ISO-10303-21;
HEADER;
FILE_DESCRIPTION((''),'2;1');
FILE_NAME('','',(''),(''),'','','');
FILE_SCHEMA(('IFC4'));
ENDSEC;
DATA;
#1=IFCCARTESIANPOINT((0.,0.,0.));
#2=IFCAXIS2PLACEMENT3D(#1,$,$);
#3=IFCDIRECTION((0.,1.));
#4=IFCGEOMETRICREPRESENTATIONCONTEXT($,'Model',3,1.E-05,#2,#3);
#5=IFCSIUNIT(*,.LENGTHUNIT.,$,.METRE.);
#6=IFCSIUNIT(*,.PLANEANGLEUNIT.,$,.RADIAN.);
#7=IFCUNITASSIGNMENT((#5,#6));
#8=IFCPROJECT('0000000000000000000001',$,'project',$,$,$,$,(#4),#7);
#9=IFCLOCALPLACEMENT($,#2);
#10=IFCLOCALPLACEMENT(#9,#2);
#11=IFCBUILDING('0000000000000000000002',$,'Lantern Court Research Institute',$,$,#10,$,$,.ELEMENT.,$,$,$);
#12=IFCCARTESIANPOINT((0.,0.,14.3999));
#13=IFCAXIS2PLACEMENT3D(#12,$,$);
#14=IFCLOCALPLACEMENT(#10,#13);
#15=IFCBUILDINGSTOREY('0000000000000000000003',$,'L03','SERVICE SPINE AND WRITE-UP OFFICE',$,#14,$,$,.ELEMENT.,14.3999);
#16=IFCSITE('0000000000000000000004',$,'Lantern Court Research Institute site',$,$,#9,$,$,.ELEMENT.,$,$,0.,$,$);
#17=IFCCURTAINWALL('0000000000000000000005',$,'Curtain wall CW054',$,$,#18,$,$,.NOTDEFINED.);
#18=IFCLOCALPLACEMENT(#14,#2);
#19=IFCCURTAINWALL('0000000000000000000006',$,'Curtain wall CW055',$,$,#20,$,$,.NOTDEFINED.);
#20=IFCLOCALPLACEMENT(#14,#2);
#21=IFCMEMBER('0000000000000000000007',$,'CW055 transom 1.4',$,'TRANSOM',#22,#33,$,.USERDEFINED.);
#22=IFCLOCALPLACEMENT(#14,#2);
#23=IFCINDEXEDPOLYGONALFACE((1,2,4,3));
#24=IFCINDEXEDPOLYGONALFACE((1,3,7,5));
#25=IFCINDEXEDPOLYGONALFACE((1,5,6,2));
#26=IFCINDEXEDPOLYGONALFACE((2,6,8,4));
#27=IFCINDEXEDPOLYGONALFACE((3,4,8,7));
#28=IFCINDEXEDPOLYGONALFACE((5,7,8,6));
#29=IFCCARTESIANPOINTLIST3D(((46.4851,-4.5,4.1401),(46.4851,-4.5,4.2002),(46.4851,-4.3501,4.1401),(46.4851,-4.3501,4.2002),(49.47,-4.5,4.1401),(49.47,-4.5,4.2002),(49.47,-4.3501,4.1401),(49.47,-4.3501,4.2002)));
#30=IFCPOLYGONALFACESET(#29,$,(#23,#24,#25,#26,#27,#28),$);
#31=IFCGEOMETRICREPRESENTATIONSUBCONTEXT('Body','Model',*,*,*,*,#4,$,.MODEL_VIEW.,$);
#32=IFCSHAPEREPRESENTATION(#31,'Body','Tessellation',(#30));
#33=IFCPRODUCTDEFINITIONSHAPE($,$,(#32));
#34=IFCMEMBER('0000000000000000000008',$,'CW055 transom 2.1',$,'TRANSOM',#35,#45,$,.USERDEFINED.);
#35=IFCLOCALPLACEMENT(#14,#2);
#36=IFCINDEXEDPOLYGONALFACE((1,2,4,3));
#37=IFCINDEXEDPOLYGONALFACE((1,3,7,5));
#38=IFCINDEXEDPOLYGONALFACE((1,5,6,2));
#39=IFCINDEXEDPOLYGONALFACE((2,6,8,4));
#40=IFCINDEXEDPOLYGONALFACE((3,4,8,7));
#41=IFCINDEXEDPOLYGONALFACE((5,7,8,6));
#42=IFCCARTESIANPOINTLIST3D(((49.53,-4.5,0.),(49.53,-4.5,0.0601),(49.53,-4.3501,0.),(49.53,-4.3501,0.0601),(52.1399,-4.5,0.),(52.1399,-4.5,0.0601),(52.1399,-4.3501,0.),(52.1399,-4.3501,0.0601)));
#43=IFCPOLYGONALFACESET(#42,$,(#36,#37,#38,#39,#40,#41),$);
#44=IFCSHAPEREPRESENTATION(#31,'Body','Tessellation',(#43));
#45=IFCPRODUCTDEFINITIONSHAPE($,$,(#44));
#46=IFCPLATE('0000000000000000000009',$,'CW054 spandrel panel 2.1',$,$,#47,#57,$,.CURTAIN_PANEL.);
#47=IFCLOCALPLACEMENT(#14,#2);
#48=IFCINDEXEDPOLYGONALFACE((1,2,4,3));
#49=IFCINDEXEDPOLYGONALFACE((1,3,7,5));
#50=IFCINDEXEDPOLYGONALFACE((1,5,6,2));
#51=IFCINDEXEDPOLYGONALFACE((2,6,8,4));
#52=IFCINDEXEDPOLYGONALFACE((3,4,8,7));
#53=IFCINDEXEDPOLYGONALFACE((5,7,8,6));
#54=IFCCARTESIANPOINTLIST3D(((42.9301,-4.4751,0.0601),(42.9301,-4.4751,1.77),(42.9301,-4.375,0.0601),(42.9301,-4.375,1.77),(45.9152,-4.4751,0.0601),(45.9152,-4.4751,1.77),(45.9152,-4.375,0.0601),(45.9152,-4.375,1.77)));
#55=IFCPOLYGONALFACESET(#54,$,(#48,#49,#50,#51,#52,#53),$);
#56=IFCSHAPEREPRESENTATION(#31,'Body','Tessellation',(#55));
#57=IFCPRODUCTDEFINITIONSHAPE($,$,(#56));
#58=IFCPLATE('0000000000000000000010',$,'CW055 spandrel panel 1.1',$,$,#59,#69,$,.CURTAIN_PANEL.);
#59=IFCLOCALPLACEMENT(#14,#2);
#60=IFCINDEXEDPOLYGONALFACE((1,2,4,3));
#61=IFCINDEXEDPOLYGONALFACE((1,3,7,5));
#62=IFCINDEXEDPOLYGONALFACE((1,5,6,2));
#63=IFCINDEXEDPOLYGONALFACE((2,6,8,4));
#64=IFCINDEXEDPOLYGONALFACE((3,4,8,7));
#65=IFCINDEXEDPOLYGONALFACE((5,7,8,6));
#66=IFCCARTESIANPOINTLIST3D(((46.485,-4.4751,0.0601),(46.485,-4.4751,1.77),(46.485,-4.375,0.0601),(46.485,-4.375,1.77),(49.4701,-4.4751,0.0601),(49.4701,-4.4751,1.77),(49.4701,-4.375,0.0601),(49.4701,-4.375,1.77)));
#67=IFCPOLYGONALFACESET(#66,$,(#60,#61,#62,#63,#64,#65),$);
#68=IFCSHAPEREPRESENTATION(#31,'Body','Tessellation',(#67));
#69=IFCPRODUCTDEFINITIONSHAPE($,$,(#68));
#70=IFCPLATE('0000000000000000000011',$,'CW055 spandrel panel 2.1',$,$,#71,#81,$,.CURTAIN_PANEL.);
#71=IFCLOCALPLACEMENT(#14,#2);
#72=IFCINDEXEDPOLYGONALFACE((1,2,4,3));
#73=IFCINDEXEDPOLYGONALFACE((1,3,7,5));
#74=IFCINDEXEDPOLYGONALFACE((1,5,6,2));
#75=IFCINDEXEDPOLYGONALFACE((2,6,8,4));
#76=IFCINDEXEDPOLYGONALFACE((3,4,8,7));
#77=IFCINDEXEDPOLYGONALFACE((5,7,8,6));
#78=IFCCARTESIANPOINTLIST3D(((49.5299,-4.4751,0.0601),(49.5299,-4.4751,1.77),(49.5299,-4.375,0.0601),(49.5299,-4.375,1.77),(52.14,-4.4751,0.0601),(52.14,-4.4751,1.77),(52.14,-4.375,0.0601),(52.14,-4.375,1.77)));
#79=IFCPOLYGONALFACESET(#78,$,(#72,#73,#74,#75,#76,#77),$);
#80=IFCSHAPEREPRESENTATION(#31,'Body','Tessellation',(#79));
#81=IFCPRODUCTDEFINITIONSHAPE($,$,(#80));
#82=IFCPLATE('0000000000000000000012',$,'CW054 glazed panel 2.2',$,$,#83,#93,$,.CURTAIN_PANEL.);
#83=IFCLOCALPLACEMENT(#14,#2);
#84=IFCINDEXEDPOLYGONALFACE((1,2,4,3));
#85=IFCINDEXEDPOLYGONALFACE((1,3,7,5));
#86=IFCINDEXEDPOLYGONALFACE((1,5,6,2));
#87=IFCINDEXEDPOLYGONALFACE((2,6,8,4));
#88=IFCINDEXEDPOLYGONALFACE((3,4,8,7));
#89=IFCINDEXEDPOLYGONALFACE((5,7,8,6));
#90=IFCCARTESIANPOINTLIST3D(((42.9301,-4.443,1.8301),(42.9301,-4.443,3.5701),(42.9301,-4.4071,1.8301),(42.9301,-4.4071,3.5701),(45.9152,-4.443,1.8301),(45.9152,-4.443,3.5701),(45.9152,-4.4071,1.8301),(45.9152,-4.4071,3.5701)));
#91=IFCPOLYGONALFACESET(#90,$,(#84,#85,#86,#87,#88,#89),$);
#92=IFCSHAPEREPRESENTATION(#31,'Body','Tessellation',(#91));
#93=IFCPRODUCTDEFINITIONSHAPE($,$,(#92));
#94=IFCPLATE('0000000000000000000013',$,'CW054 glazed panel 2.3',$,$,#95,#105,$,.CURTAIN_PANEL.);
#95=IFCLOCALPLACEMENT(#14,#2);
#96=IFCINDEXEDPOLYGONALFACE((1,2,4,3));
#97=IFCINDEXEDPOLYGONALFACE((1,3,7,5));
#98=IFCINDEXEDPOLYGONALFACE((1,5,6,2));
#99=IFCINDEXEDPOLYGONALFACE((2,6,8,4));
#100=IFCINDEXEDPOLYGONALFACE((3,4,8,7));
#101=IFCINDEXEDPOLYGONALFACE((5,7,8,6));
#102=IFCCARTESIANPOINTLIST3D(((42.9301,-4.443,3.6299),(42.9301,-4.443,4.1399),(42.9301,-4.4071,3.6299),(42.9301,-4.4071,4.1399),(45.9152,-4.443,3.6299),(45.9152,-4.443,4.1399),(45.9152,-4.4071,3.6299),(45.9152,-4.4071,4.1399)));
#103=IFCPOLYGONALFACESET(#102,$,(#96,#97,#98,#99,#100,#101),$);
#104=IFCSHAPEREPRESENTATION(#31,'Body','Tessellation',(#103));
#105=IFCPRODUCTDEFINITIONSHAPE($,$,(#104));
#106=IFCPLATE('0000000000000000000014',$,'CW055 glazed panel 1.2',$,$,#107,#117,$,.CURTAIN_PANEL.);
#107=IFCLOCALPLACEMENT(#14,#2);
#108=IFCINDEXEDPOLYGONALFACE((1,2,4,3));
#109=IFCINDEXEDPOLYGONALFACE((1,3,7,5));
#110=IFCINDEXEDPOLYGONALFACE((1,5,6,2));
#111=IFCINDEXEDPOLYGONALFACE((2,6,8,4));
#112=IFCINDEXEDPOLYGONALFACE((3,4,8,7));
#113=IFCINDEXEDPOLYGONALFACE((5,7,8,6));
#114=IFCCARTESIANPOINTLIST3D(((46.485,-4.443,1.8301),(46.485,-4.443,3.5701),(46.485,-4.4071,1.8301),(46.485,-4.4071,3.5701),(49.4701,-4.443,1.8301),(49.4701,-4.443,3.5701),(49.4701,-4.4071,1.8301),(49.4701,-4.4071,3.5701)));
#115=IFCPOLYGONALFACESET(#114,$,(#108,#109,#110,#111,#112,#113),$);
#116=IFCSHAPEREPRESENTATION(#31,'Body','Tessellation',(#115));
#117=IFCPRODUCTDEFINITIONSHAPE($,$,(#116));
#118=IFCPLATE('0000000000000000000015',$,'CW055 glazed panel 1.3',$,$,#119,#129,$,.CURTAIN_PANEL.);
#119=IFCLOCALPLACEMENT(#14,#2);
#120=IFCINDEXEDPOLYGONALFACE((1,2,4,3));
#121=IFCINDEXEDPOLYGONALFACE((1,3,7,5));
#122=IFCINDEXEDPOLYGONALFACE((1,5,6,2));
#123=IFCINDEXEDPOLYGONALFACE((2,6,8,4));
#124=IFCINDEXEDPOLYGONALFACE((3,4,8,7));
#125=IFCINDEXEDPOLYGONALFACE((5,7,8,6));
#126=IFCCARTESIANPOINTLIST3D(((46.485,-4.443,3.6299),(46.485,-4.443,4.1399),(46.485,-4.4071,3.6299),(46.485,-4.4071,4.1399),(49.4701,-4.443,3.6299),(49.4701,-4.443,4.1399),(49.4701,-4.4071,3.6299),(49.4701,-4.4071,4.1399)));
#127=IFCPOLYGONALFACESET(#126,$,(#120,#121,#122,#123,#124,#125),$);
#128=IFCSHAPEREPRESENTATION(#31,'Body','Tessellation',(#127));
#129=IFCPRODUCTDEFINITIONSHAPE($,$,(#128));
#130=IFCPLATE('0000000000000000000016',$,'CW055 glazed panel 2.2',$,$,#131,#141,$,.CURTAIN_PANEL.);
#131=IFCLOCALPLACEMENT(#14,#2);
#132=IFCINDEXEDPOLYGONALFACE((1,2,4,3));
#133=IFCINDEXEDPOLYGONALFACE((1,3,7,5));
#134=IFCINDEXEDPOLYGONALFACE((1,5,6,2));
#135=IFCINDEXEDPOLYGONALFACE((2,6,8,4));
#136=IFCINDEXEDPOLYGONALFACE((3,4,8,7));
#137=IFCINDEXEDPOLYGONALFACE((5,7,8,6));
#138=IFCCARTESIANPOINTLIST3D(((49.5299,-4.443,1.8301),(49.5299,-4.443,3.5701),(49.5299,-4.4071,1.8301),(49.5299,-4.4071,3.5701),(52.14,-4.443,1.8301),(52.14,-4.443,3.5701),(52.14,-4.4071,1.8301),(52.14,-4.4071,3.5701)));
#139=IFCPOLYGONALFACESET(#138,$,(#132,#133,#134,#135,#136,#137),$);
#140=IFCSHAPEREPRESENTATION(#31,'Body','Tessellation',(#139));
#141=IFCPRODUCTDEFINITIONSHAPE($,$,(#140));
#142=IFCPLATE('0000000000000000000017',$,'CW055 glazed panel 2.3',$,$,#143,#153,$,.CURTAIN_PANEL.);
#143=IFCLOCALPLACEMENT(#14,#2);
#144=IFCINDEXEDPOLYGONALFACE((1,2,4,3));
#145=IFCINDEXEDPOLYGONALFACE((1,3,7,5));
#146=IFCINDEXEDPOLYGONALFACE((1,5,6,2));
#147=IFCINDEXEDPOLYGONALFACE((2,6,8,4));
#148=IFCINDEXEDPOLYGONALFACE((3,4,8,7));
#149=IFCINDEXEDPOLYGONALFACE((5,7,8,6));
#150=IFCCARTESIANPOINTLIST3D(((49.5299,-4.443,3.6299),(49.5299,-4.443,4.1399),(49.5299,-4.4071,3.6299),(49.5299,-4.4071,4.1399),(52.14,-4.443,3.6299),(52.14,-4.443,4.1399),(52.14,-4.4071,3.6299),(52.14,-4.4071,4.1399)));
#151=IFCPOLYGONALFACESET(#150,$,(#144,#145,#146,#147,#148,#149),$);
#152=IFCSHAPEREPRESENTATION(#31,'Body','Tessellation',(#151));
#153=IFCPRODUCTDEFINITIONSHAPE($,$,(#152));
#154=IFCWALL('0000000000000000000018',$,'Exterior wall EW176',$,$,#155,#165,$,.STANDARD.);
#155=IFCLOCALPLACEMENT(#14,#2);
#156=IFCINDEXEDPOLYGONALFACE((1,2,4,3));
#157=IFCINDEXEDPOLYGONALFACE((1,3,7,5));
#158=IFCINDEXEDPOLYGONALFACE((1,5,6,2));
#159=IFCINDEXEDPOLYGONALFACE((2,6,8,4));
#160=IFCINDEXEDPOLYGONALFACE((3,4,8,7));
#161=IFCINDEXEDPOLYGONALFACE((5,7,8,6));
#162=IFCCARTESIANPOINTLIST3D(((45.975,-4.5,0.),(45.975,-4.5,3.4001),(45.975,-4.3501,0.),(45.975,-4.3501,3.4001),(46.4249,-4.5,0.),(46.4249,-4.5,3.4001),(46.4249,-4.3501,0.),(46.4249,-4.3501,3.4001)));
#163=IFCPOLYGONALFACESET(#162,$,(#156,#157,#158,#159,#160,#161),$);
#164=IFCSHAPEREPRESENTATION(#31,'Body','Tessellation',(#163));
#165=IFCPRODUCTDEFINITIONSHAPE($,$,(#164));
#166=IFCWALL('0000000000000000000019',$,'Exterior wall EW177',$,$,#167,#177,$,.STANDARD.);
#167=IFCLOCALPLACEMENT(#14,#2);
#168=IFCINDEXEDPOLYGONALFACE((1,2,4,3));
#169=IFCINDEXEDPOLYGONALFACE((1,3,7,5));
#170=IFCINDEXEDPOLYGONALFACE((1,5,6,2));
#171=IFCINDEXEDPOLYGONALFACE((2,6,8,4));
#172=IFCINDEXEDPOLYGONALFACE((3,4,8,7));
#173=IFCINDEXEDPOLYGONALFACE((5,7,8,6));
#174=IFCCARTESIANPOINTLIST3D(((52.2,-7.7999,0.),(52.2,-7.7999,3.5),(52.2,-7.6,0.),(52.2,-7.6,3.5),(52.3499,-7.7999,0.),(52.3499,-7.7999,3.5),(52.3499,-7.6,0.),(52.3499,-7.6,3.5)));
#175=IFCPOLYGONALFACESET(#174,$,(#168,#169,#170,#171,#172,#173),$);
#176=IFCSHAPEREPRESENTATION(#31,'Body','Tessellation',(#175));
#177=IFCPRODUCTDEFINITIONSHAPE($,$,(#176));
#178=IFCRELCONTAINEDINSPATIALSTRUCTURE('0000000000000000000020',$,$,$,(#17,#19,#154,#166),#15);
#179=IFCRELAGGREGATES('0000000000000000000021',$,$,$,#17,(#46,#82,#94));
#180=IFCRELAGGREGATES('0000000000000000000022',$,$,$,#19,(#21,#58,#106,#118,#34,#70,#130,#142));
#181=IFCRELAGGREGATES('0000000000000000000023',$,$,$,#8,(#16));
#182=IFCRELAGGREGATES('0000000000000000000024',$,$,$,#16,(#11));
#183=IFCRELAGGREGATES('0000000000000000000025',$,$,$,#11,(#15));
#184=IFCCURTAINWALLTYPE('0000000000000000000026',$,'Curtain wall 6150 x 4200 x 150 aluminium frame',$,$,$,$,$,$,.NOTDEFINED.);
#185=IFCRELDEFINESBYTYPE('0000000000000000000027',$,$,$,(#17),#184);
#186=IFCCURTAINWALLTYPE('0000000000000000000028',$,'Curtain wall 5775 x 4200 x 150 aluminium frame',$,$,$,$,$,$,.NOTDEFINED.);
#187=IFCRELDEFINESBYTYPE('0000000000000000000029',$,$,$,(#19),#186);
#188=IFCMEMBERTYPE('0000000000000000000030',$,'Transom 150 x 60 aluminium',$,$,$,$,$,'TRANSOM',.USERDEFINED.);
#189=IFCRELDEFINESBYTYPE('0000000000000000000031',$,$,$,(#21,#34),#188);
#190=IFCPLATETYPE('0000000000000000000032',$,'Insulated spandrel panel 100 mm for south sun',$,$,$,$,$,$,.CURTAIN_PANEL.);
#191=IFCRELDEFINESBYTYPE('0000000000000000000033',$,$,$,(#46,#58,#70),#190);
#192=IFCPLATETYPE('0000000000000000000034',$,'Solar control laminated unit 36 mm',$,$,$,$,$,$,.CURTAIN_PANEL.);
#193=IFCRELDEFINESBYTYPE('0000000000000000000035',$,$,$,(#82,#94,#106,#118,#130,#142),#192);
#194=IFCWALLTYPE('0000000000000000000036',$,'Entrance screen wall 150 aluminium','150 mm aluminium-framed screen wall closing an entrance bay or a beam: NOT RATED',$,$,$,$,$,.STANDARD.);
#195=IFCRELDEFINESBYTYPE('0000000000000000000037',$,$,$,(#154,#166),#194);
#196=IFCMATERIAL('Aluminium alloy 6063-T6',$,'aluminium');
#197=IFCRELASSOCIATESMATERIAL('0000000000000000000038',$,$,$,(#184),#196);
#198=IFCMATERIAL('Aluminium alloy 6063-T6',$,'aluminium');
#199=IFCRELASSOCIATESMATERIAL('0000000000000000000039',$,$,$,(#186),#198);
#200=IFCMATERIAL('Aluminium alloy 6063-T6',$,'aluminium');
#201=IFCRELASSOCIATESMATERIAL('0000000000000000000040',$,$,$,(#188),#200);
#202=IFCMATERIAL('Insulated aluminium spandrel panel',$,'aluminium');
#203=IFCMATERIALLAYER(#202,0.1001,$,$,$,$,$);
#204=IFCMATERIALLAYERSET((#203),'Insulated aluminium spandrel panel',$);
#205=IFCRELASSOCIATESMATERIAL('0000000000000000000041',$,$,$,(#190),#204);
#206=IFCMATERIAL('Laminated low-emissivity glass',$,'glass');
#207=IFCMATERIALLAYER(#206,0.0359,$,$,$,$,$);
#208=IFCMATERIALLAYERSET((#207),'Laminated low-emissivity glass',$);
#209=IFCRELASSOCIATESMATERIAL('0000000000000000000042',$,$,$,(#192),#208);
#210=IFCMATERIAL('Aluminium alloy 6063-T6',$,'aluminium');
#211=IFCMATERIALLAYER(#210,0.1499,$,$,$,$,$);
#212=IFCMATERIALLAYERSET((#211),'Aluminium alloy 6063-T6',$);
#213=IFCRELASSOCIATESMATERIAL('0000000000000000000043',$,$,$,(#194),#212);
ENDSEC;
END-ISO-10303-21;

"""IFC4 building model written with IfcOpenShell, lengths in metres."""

from ifc_helpers import new_model, si_unit, direction, frame, frame_2d, origin, origin_2d, place, context, subcontext, project, spatial, rectangle, extrude, material, layer, layer_set, material_profile, profile_set, type_object, element, aggregate, save


model = new_model("IFC4")

# Units and contexts
model_context = context("Model", 3, precision=1e-05, world=origin(), true_north=direction((0.0, 1.0)))
body_context = subcontext(model_context, "Body", "Model", "MODEL_VIEW")
ifc_project = project(units=[si_unit("LENGTHUNIT", "METRE"), si_unit("PLANEANGLEUNIT", "RADIAN")], contexts=[model_context])

# Site, building, storey
site_placement = place(None, origin())
site = spatial("IfcSite", under=ifc_project, at=site_placement, Name="Lantern Court Research Institute site", CompositionType="ELEMENT", RefElevation=0.0)
building_placement = place(site_placement, origin())
building = spatial("IfcBuilding", under=site, at=building_placement, Name="Lantern Court Research Institute", CompositionType="ELEMENT")
storey_placement = place(building_placement, frame((0.0, 0.0, 14.3999)))
storey = spatial("IfcBuildingStorey", under=building, at=storey_placement, Name="L03", Description="SERVICE SPINE AND WRITE-UP OFFICE", CompositionType="ELEMENT", Elevation=14.3999)

# Curtain walls
ifc_material_1 = material(Name="Aluminium alloy 6063-T6", Category="aluminium")
curtain_wall_type_1 = type_object("IfcCurtainWallType", Name="Curtain wall 6150 x 4200 x 150 aluminium frame", PredefinedType="NOTDEFINED", material=ifc_material_1)
curtain_wall_1_placement = place(storey_placement, origin())
curtain_wall_1 = element("IfcCurtainWall", 1, at=curtain_wall_1_placement, inside=storey, type_object=curtain_wall_type_1, Name="Curtain wall CW054", PredefinedType="NOTDEFINED")
ifc_material_2 = material(Name="Aluminium alloy 6063-T6", Category="aluminium")
curtain_wall_type_2 = type_object("IfcCurtainWallType", Name="Curtain wall 5775 x 4200 x 150 aluminium frame", PredefinedType="NOTDEFINED", material=ifc_material_2)
curtain_wall_2_placement = place(storey_placement, origin())
curtain_wall_2 = element("IfcCurtainWall", 2, at=curtain_wall_2_placement, inside=storey, type_object=curtain_wall_type_2, Name="Curtain wall CW055", PredefinedType="NOTDEFINED")

# Members
ifc_material_3 = material(Name="Aluminium alloy 6063-T6", Category="aluminium")
ifc_material_profile_1 = material_profile(ifc_material_3, rectangle(XDim=0.1499, YDim=0.0601, at=origin_2d()), Name="Transom 150 x 60")
ifc_profile_set_1 = profile_set([ifc_material_profile_1], Name="Aluminium alloy 6063-T6")
member_type_1 = type_object("IfcMemberType", Name="Transom 150 x 60 aluminium", ElementType="TRANSOM", PredefinedType="USERDEFINED", material=ifc_profile_set_1)
member_1_placement = place(storey_placement, frame((49.47, -4.425, 4.1702), z_axis=(-1.0, 0.0, 0.0), x_axis=(0.0, -1.0, 0.0)))
member_1 = element("IfcMember", 3, at=member_1_placement, type_object=member_type_1, Name="CW055 transom 1.4", ObjectType="TRANSOM", PredefinedType="USERDEFINED", context=body_context, shape_type="SweptSolid", body=[
    extrude(rectangle(XDim=0.1499, YDim=0.0601, at=origin_2d()), origin(), (0.0, 0.0, 1.0), 2.9849),
])
member_2_placement = place(storey_placement, frame((52.1399, -4.425, 0.03), z_axis=(-1.0, 0.0, 0.0), x_axis=(0.0, -1.0, 0.0)))
member_2 = element("IfcMember", 4, at=member_2_placement, type_object=member_type_1, Name="CW055 transom 2.1", ObjectType="TRANSOM", PredefinedType="USERDEFINED", context=body_context, shape_type="SweptSolid", body=[
    extrude(rectangle(XDim=0.1499, YDim=0.0601, at=origin_2d()), origin(), (0.0, 0.0, 1.0), 2.6099),
])

# Plates
ifc_material_4 = material(Name="Insulated aluminium spandrel panel", Category="aluminium")
ifc_layer_1 = layer(ifc_material_4, 0.1001)
ifc_layer_set_1 = layer_set([ifc_layer_1], Name="Insulated aluminium spandrel panel")
plate_type_1 = type_object("IfcPlateType", Name="Insulated spandrel panel 100 mm for south sun", PredefinedType="CURTAIN_PANEL", material=ifc_layer_set_1)
plate_1_placement = place(storey_placement, frame((44.4226, -4.425, 0.0601), z_axis=(0.0, 0.0, 1.0), x_axis=(-1.0, 0.0, 0.0)))
plate_1 = element("IfcPlate", 5, at=plate_1_placement, type_object=plate_type_1, Name="CW054 spandrel panel 2.1", PredefinedType="CURTAIN_PANEL", context=body_context, shape_type="SweptSolid", body=[
    extrude(rectangle(XDim=2.9851, YDim=0.1001, at=origin_2d()), origin(), (0.0, 0.0, 1.0), 1.71),
])
plate_2_placement = place(storey_placement, frame((47.9775, -4.425, 0.0601), z_axis=(0.0, 0.0, 1.0), x_axis=(-1.0, 0.0, 0.0)))
plate_2 = element("IfcPlate", 6, at=plate_2_placement, type_object=plate_type_1, Name="CW055 spandrel panel 1.1", PredefinedType="CURTAIN_PANEL", context=body_context, shape_type="SweptSolid", body=[
    extrude(rectangle(XDim=2.9851, YDim=0.1001, at=origin_2d()), origin(), (0.0, 0.0, 1.0), 1.71),
])
plate_3_placement = place(storey_placement, frame((50.835, -4.425, 0.0601), z_axis=(0.0, 0.0, 1.0), x_axis=(-1.0, 0.0, 0.0)))
plate_3 = element("IfcPlate", 7, at=plate_3_placement, type_object=plate_type_1, Name="CW055 spandrel panel 2.1", PredefinedType="CURTAIN_PANEL", context=body_context, shape_type="SweptSolid", body=[
    extrude(rectangle(XDim=2.6101, YDim=0.1001, at=origin_2d()), origin(), (0.0, 0.0, 1.0), 1.71),
])
ifc_material_5 = material(Name="Laminated low-emissivity glass", Category="glass")
ifc_layer_2 = layer(ifc_material_5, 0.0359)
ifc_layer_set_2 = layer_set([ifc_layer_2], Name="Laminated low-emissivity glass")
plate_type_2 = type_object("IfcPlateType", Name="Solar control laminated unit 36 mm", PredefinedType="CURTAIN_PANEL", material=ifc_layer_set_2)
plate_4_placement = place(storey_placement, frame((44.4226, -4.425, 1.8301), z_axis=(0.0, 0.0, 1.0), x_axis=(-1.0, 0.0, 0.0)))
plate_4 = element("IfcPlate", 8, at=plate_4_placement, type_object=plate_type_2, Name="CW054 glazed panel 2.2", PredefinedType="CURTAIN_PANEL", context=body_context, shape_type="SweptSolid", body=[
    extrude(rectangle(XDim=2.9851, YDim=0.0359, at=origin_2d()), origin(), (0.0, 0.0, 1.0), 1.74),
])
plate_5_placement = place(storey_placement, frame((44.4226, -4.425, 3.6299), z_axis=(0.0, 0.0, 1.0), x_axis=(-1.0, 0.0, 0.0)))
plate_5 = element("IfcPlate", 9, at=plate_5_placement, type_object=plate_type_2, Name="CW054 glazed panel 2.3", PredefinedType="CURTAIN_PANEL", context=body_context, shape_type="SweptSolid", body=[
    extrude(rectangle(XDim=2.9851, YDim=0.0359, at=origin_2d()), origin(), (0.0, 0.0, 1.0), 0.51),
])
aggregate(curtain_wall_1, [plate_1, plate_4, plate_5])
plate_6_placement = place(storey_placement, frame((47.9775, -4.425, 1.8301), z_axis=(0.0, 0.0, 1.0), x_axis=(-1.0, 0.0, 0.0)))
plate_6 = element("IfcPlate", 10, at=plate_6_placement, type_object=plate_type_2, Name="CW055 glazed panel 1.2", PredefinedType="CURTAIN_PANEL", context=body_context, shape_type="SweptSolid", body=[
    extrude(rectangle(XDim=2.9851, YDim=0.0359, at=origin_2d()), origin(), (0.0, 0.0, 1.0), 1.74),
])
plate_7_placement = place(storey_placement, frame((47.9775, -4.425, 3.6299), z_axis=(0.0, 0.0, 1.0), x_axis=(-1.0, 0.0, 0.0)))
plate_7 = element("IfcPlate", 11, at=plate_7_placement, type_object=plate_type_2, Name="CW055 glazed panel 1.3", PredefinedType="CURTAIN_PANEL", context=body_context, shape_type="SweptSolid", body=[
    extrude(rectangle(XDim=2.9851, YDim=0.0359, at=origin_2d()), origin(), (0.0, 0.0, 1.0), 0.51),
])
plate_8_placement = place(storey_placement, frame((50.835, -4.425, 1.8301), z_axis=(0.0, 0.0, 1.0), x_axis=(-1.0, 0.0, 0.0)))
plate_8 = element("IfcPlate", 12, at=plate_8_placement, type_object=plate_type_2, Name="CW055 glazed panel 2.2", PredefinedType="CURTAIN_PANEL", context=body_context, shape_type="SweptSolid", body=[
    extrude(rectangle(XDim=2.6101, YDim=0.0359, at=origin_2d()), origin(), (0.0, 0.0, 1.0), 1.74),
])
plate_9_placement = place(storey_placement, frame((50.835, -4.425, 3.6299), z_axis=(0.0, 0.0, 1.0), x_axis=(-1.0, 0.0, 0.0)))
plate_9 = element("IfcPlate", 13, at=plate_9_placement, type_object=plate_type_2, Name="CW055 glazed panel 2.3", PredefinedType="CURTAIN_PANEL", context=body_context, shape_type="SweptSolid", body=[
    extrude(rectangle(XDim=2.6101, YDim=0.0359, at=origin_2d()), origin(), (0.0, 0.0, 1.0), 0.51),
])
aggregate(curtain_wall_2, [member_1, plate_2, plate_6, plate_7, member_2, plate_3, plate_8, plate_9])

# Walls
ifc_material_6 = material(Name="Aluminium alloy 6063-T6", Category="aluminium")
ifc_layer_3 = layer(ifc_material_6, 0.1499)
ifc_layer_set_3 = layer_set([ifc_layer_3], Name="Aluminium alloy 6063-T6")
wall_type = type_object("IfcWallType", Name="Entrance screen wall 150 aluminium", Description="150 mm aluminium-framed screen wall closing an entrance bay or a beam: NOT RATED", PredefinedType="STANDARD", material=ifc_layer_set_3)
wall_1_placement = place(storey_placement, frame((46.425, -4.425, 0.0), z_axis=(0.0, 0.0, 1.0), x_axis=(-1.0, 0.0, 0.0)))
element("IfcWall", 14, at=wall_1_placement, inside=storey, type_object=wall_type, Name="Exterior wall EW176", PredefinedType="STANDARD", context=body_context, shape_type="SweptSolid", body=[
    extrude(rectangle(XDim=0.45, YDim=0.1499, at=frame_2d((0.2251, 0.0))), origin(), (0.0, 0.0, 1.0), 3.4001),
])
wall_2_placement = place(storey_placement, frame((52.2749, -7.8, 0.0), z_axis=(0.0, 0.0, 1.0), x_axis=(0.0, 1.0, 0.0)))
element("IfcWall", 15, at=wall_2_placement, inside=storey, type_object=wall_type, Name="Exterior wall EW177", PredefinedType="STANDARD", context=body_context, shape_type="SweptSolid", body=[
    extrude(rectangle(XDim=0.2, YDim=0.1499, at=frame_2d((0.1001, 0.0))), origin(), (0.0, 0.0, 1.0), 3.5),
])

save(model, "model.ifc")
